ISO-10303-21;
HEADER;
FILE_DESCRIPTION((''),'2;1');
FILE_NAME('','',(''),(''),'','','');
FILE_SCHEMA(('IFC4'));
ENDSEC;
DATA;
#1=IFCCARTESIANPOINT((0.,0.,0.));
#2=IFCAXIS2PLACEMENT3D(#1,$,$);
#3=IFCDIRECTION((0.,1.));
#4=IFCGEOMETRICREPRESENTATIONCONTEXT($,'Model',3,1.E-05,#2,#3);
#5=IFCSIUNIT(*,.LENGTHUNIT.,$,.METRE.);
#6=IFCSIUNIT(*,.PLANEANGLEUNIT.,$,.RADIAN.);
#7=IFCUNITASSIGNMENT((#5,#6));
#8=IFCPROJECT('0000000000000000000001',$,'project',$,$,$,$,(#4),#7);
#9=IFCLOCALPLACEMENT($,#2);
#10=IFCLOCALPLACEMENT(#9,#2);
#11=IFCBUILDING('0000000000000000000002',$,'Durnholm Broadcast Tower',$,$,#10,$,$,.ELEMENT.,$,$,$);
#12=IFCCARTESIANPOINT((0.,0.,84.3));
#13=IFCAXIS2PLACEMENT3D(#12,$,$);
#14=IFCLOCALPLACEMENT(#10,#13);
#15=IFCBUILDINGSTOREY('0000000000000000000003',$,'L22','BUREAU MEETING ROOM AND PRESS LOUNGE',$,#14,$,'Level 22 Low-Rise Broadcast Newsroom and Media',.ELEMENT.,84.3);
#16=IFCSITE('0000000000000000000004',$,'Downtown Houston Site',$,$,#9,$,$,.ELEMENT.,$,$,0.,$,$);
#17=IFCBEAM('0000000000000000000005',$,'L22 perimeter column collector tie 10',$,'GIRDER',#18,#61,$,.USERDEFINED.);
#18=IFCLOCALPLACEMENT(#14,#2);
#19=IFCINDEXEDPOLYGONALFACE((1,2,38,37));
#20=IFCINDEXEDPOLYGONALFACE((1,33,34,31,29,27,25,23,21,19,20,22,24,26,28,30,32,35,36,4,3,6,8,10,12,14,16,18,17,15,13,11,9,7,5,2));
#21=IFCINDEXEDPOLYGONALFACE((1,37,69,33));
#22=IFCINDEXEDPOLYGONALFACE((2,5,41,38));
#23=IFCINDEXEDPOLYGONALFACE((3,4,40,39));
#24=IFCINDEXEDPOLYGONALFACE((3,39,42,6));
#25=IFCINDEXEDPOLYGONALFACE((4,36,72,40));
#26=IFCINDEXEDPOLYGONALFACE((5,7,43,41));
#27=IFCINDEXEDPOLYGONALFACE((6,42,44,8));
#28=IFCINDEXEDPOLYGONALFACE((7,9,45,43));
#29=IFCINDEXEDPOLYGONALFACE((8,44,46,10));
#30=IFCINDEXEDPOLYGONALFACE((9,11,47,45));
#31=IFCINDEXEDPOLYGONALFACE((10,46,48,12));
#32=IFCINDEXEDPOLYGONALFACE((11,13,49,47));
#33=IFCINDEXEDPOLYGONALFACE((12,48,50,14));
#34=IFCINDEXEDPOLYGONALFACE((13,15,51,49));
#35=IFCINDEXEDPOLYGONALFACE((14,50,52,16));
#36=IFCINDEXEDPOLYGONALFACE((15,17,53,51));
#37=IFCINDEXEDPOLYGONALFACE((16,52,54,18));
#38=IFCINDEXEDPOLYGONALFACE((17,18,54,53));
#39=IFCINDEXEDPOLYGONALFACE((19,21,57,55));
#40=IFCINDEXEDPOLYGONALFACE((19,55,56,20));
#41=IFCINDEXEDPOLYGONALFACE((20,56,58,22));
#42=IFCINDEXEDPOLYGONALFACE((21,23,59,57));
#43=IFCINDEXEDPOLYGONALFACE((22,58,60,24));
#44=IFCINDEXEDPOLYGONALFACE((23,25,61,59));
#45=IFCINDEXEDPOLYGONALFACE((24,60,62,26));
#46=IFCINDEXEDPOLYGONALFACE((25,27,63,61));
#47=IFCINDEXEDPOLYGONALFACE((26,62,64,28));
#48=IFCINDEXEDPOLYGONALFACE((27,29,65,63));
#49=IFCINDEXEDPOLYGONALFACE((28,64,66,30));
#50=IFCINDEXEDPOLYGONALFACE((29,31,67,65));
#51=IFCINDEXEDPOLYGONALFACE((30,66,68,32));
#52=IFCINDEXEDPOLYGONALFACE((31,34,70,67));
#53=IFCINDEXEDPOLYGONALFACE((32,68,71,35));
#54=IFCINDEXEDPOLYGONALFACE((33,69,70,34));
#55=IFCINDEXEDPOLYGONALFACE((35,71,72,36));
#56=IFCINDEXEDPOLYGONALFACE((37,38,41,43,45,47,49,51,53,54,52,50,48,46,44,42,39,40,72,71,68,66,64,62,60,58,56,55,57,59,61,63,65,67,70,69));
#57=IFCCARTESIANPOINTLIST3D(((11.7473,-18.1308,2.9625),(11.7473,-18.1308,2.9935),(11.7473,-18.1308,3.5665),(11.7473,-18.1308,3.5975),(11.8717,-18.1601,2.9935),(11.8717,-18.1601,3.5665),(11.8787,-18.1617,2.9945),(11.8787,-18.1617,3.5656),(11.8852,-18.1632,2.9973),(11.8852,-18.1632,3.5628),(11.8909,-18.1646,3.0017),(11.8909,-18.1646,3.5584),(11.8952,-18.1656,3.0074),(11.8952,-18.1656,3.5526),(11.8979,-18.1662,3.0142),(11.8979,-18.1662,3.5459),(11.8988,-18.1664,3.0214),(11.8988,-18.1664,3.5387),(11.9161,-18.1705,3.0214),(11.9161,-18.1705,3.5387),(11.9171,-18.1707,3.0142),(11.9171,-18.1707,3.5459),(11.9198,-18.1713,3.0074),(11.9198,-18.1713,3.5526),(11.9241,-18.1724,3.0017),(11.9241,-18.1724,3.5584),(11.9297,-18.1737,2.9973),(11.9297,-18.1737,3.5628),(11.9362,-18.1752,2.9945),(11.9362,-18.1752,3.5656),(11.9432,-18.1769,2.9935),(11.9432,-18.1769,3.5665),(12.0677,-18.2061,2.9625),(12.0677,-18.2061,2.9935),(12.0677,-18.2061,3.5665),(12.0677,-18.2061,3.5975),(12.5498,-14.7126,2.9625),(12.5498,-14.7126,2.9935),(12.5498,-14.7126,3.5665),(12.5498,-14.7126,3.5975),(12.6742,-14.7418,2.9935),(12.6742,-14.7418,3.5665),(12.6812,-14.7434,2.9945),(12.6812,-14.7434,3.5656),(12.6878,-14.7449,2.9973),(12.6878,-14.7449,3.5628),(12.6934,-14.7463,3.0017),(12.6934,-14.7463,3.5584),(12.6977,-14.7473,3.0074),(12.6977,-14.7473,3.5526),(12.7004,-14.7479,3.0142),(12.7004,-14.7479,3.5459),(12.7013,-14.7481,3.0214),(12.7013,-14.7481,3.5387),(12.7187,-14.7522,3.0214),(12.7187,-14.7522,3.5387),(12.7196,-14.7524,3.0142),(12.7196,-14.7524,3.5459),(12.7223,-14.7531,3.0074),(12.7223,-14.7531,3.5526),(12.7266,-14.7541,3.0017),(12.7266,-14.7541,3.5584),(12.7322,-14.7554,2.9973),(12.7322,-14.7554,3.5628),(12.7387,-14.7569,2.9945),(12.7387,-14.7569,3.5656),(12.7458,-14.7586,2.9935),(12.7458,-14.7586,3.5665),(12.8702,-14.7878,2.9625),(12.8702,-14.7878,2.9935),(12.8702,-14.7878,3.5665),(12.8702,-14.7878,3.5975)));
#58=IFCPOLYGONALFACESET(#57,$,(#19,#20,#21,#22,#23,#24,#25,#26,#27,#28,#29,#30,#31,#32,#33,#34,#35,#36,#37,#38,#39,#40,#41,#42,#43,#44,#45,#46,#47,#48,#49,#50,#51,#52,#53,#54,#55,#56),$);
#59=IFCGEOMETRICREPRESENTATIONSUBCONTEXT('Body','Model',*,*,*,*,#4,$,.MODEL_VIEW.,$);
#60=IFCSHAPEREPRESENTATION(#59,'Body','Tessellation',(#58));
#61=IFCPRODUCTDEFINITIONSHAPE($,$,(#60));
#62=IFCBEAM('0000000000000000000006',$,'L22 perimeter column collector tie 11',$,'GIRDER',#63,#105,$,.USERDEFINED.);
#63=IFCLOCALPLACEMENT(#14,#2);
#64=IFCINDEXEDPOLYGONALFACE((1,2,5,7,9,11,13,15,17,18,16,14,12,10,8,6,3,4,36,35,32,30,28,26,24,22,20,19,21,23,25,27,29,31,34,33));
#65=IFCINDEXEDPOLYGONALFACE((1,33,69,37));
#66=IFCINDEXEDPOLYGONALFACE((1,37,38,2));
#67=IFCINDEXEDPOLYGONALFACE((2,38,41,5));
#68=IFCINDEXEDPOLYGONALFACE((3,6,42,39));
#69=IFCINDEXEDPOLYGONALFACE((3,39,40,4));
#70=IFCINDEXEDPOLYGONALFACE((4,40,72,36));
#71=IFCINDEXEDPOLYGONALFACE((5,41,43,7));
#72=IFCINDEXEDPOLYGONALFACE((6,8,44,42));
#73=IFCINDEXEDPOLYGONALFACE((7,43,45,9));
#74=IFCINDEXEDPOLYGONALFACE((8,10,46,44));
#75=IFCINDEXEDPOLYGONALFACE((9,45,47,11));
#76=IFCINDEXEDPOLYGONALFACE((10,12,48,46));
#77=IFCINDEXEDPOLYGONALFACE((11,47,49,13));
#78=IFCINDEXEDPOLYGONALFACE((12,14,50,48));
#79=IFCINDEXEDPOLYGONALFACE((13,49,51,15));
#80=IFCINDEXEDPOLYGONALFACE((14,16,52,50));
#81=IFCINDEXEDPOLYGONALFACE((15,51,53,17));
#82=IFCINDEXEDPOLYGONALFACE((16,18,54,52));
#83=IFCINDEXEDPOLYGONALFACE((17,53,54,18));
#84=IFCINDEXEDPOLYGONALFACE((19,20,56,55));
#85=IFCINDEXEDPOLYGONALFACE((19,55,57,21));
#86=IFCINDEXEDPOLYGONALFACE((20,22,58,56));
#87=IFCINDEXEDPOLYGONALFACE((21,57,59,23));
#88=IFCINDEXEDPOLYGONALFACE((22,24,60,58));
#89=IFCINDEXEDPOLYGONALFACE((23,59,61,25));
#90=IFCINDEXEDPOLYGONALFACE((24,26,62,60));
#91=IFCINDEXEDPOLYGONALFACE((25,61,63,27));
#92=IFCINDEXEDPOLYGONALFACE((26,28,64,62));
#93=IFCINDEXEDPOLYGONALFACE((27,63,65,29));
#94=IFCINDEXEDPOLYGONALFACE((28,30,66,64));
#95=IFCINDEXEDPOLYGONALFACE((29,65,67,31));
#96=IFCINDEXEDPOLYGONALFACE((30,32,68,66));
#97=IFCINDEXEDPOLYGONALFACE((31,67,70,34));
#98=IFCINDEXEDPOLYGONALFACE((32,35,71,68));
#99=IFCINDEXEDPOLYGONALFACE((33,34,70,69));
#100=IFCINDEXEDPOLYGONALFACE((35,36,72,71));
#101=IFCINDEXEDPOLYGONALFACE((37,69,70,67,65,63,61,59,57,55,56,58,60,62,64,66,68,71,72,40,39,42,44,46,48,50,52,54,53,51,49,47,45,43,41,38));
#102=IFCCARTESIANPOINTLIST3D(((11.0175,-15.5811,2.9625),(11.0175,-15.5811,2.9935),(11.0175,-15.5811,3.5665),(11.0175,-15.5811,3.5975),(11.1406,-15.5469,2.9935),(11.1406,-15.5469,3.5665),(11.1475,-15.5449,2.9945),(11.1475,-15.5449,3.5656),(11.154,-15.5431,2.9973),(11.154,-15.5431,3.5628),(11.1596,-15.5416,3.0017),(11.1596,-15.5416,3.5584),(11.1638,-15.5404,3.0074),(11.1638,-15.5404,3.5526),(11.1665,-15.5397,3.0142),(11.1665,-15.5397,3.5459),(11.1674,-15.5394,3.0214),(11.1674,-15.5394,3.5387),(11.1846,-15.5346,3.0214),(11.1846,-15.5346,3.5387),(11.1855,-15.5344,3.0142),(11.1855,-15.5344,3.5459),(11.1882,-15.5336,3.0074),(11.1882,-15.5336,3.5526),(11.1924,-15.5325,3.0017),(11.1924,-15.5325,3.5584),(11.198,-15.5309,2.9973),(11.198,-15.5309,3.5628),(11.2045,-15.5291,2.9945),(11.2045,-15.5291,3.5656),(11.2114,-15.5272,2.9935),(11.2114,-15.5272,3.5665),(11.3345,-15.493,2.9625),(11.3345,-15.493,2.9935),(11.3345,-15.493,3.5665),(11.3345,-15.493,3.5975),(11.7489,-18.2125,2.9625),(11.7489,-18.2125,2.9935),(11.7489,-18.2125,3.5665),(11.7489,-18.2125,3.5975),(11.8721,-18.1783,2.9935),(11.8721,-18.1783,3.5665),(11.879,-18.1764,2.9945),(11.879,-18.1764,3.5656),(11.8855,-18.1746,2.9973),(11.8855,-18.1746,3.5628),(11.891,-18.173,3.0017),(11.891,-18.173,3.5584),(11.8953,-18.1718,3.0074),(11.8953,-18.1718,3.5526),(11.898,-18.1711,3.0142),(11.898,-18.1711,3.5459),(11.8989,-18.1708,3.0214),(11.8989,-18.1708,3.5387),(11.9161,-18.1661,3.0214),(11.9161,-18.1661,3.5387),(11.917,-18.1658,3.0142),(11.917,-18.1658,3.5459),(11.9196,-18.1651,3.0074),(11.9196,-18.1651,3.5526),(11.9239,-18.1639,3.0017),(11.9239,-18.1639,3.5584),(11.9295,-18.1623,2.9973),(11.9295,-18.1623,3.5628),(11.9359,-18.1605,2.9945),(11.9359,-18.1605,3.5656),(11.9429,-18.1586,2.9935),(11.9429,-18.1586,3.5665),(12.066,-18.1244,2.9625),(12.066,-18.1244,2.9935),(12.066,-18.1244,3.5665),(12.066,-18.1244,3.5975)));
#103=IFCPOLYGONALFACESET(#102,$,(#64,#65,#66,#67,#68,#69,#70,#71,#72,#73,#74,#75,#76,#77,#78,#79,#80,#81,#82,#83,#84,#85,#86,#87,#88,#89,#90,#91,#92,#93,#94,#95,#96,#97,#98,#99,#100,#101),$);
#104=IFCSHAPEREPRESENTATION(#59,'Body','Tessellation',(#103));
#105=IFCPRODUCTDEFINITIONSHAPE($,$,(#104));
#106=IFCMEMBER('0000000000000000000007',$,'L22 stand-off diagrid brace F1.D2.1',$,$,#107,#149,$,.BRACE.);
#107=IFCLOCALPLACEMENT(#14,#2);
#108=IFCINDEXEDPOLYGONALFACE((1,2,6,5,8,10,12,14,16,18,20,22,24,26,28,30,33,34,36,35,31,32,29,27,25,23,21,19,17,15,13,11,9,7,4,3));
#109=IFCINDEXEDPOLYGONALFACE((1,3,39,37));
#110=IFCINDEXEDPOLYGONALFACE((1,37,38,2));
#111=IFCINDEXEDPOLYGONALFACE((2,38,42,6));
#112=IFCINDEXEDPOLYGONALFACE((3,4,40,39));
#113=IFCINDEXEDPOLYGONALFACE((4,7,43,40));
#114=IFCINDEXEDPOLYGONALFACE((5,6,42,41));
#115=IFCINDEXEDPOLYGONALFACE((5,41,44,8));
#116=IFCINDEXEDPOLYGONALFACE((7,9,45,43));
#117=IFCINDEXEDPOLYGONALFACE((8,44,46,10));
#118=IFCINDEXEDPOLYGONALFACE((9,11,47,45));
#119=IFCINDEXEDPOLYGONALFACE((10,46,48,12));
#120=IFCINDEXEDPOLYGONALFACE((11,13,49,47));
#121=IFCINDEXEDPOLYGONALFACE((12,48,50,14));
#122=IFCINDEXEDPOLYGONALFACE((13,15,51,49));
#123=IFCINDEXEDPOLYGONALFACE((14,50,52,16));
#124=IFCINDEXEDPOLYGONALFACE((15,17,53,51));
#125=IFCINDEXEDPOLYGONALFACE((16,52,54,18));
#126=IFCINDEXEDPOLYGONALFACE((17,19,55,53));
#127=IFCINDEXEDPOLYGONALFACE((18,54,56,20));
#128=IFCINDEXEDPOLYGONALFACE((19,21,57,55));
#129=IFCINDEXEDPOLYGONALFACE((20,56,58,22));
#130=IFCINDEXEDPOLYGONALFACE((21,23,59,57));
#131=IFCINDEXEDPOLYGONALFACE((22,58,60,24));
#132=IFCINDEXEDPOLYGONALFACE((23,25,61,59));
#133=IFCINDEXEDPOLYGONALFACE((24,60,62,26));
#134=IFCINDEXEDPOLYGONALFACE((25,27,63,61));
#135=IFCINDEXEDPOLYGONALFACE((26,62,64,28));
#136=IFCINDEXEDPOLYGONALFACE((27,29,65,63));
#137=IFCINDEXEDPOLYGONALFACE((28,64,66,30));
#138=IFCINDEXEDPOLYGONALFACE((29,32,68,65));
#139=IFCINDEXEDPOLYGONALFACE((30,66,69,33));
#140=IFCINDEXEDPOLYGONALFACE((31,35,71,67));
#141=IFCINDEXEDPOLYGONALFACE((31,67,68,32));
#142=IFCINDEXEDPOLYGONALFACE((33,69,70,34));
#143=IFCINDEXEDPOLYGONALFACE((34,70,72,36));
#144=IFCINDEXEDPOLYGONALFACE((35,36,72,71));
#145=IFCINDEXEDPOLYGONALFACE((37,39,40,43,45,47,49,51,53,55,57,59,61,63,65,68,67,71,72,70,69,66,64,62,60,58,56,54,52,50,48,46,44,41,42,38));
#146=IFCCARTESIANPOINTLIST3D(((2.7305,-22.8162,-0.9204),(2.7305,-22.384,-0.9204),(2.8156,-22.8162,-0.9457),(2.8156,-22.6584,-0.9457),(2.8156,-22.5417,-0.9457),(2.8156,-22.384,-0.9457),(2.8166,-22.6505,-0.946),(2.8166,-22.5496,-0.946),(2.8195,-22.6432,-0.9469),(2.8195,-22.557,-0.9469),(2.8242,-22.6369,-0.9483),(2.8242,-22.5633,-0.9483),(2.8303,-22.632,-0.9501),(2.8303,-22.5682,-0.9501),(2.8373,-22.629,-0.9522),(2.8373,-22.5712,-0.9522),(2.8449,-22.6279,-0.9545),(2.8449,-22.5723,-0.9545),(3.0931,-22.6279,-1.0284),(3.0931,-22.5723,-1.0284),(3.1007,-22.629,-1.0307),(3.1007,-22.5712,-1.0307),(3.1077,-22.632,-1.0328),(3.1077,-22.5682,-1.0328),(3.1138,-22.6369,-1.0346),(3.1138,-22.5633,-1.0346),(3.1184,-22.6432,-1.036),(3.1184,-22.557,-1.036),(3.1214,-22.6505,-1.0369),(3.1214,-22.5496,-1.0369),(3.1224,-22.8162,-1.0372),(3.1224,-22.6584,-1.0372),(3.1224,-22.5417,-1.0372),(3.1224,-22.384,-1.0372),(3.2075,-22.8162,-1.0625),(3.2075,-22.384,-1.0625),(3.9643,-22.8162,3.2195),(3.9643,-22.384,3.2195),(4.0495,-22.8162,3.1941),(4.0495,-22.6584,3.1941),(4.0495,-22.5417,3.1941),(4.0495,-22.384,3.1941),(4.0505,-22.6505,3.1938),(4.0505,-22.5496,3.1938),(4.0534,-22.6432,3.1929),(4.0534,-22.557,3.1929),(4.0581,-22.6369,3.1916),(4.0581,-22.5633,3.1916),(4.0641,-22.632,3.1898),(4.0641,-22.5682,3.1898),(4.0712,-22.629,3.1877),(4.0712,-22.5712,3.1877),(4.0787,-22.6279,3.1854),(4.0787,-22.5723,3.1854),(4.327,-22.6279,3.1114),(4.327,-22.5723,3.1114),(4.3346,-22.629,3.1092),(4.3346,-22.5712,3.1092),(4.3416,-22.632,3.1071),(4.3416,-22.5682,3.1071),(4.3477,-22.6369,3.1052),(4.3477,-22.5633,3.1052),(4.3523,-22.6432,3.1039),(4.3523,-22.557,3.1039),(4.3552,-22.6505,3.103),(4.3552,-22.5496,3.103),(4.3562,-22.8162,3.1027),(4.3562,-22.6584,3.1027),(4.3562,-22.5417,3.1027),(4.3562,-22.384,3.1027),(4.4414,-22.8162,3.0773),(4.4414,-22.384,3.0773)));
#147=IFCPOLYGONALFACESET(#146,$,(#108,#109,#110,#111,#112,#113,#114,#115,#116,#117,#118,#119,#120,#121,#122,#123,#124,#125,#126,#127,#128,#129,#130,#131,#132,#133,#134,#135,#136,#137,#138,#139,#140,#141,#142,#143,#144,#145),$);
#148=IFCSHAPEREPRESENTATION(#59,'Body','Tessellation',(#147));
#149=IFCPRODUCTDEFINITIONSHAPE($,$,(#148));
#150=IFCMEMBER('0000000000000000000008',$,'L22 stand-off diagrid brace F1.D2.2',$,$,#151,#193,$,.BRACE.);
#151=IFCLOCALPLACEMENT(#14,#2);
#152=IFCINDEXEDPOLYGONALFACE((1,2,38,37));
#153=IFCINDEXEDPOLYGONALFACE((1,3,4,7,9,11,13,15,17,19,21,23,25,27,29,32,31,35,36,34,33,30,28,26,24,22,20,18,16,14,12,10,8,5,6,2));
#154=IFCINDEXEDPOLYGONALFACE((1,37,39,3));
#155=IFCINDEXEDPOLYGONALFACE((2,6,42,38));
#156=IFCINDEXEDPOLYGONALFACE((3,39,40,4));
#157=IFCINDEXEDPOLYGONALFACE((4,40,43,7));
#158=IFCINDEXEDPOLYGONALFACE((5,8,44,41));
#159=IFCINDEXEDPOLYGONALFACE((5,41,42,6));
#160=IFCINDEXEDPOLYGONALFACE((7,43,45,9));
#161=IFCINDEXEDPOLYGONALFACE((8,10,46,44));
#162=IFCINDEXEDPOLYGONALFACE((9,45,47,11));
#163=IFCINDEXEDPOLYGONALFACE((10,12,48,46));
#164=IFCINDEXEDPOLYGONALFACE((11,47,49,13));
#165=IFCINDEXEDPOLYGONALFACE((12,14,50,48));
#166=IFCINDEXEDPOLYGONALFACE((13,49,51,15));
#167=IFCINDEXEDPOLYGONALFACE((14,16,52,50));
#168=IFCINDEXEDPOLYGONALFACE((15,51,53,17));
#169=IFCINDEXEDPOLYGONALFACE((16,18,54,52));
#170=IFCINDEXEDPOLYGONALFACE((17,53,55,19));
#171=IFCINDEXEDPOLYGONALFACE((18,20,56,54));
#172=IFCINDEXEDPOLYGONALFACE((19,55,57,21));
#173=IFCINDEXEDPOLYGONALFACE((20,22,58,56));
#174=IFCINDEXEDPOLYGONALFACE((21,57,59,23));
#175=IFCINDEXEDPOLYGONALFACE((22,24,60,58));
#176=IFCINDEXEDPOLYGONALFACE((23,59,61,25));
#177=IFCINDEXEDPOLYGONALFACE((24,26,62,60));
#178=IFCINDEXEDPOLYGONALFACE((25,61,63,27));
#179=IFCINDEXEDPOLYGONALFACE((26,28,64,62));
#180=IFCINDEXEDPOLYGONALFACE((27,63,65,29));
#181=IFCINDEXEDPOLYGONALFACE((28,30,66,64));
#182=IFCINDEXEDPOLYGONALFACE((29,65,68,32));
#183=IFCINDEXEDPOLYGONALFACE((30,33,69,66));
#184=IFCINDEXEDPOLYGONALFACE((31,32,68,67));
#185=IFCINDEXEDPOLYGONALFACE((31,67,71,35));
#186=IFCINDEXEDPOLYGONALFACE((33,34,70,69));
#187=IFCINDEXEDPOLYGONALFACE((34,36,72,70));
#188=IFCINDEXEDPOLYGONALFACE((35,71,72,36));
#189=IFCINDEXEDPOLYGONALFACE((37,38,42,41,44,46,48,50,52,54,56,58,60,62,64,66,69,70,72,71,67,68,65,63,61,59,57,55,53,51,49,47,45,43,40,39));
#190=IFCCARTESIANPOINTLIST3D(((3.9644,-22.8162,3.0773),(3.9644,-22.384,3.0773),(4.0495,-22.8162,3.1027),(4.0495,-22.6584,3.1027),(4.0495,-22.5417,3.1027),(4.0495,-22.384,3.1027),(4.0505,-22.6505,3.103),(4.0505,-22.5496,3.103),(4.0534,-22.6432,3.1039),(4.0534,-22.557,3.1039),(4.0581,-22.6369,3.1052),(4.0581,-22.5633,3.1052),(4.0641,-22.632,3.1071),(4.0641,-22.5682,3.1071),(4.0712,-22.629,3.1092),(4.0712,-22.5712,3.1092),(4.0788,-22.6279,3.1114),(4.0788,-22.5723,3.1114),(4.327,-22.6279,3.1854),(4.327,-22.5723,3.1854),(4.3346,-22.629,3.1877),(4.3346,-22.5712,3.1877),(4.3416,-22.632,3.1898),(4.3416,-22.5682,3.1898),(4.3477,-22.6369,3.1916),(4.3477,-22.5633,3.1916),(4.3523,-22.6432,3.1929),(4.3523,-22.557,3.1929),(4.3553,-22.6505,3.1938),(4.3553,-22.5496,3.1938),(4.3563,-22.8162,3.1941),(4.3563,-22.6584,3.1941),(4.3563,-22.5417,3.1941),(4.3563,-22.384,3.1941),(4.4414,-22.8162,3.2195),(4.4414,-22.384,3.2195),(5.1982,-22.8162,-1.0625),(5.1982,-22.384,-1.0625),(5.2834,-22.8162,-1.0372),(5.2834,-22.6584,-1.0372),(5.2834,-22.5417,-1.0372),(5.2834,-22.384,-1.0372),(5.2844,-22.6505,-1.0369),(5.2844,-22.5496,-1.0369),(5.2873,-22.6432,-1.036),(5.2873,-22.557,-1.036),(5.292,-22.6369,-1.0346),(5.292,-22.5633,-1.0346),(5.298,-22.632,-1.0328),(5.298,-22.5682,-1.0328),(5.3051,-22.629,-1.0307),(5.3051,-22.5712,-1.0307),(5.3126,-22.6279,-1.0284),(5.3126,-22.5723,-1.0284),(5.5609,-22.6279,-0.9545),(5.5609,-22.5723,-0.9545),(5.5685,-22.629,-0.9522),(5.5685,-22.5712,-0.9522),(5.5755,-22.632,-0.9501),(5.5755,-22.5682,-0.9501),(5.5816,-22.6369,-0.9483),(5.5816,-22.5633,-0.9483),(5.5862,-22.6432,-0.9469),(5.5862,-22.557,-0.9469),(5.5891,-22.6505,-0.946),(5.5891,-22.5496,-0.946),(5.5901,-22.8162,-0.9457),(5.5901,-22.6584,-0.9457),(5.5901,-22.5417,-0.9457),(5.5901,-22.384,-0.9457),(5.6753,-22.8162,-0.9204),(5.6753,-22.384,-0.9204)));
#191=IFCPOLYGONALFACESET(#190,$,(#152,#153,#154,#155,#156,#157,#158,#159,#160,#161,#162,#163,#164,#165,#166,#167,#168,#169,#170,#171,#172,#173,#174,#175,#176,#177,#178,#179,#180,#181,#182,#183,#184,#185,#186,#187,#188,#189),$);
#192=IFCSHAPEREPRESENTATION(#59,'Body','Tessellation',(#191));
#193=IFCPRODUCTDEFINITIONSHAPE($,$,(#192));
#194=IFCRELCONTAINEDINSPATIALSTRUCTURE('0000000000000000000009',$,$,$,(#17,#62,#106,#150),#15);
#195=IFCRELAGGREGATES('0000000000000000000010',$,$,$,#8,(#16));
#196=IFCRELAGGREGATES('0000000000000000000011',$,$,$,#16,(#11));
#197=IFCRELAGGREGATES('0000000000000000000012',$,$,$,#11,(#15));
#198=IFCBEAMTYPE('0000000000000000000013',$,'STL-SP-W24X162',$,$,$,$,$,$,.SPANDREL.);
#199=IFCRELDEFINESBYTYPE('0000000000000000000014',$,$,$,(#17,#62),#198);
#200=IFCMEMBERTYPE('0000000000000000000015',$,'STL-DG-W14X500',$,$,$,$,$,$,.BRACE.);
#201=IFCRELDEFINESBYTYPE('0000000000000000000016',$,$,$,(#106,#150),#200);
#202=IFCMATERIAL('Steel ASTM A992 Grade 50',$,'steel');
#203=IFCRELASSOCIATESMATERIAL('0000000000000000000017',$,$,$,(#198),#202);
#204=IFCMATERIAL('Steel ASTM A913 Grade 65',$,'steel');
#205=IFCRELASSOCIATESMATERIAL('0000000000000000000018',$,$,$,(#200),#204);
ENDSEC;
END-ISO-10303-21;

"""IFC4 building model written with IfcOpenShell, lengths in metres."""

from ifc_helpers import new_model, si_unit, direction, frame, origin, origin_2d, place, context, subcontext, project, spatial, i_section, extrude, source, transform, mapped, material, material_profile, profile_set, type_object, type_shapes, element, save


model = new_model("IFC4")

# Units and contexts
model_context = context("Model", 3, precision=1e-05, world=origin(), true_north=direction((0.0, 1.0)))
body_context = subcontext(model_context, "Body", "Model", "MODEL_VIEW")
ifc_project = project(units=[si_unit("LENGTHUNIT", "METRE"), si_unit("PLANEANGLEUNIT", "RADIAN")], contexts=[model_context])

# Site, building, storey
site_placement = place(None, origin())
site = spatial("IfcSite", under=ifc_project, at=site_placement, Name="Downtown Houston Site", CompositionType="ELEMENT", RefElevation=0.0)
building_placement = place(site_placement, origin())
building = spatial("IfcBuilding", under=site, at=building_placement, Name="Durnholm Broadcast Tower", CompositionType="ELEMENT")
storey_placement = place(building_placement, frame((0.0, 0.0, 84.3)))
storey = spatial("IfcBuildingStorey", under=building, at=storey_placement, Name="L22", Description="BUREAU MEETING ROOM AND PRESS LOUNGE", LongName="Level 22 Low-Rise Broadcast Newsroom and Media", CompositionType="ELEMENT", Elevation=84.3)

# Beams
ifc_material_1 = material(Name="Steel ASTM A992 Grade 50", Category="steel")
ifc_material_profile_1 = material_profile(ifc_material_1, i_section(OverallWidth=0.3291, OverallDepth=0.635, WebThickness=0.0178, FlangeThickness=0.031, FilletRadius=0.0278, at=origin_2d()), Name="W24X162")
ifc_profile_set_1 = profile_set([ifc_material_profile_1], Name="Steel ASTM A992 Grade 50")
beam_type_1 = type_object("IfcBeamType", Name="STL-SP-W24X162", PredefinedType="SPANDREL", material=ifc_profile_set_1)
shared_shape_1 = source(origin(), body_context, "Body", "SweptSolid", [
    extrude(i_section(OverallWidth=0.3291, OverallDepth=0.635, WebThickness=0.0178, FlangeThickness=0.031, FilletRadius=0.0278, at=origin_2d()), origin(), (0.0, 0.0, 1.0), 3.5112),
])
beam_1_placement = place(storey_placement, frame((11.9075, -18.1685, 3.28), z_axis=(0.228555, 0.973531, 0.0), x_axis=(-0.973531, 0.228555, 0.0)))
element("IfcBeam", 1, at=beam_1_placement, inside=storey, type_object=beam_type_1, Name="L22 perimeter column collector tie 10", ObjectType="GIRDER", PredefinedType="USERDEFINED", context=body_context, shape_type="MappedRepresentation", body=[
    mapped(shared_shape_1, transform((0.0, 0.0, 0.0), x_axis=(1.0, 0.0, 0.0), y_axis=(0.0, 1.0, 0.0), z_axis=(0.0, 0.0, 1.0), scale=1.0)),
])
shared_shape_2 = source(origin(), body_context, "Body", "SweptSolid", [
    extrude(i_section(OverallWidth=0.3291, OverallDepth=0.635, WebThickness=0.0178, FlangeThickness=0.031, FilletRadius=0.0278, at=origin_2d()), origin(), (0.0, 0.0, 1.0), 2.7312),
])
type_shapes(beam_type_1, [shared_shape_1, shared_shape_2])
beam_2_placement = place(storey_placement, frame((11.9075, -18.1685, 3.28), z_axis=(-0.267819, 0.963469, 0.0), x_axis=(-0.963469, -0.267819, 0.0)))
element("IfcBeam", 2, at=beam_2_placement, inside=storey, type_object=beam_type_1, Name="L22 perimeter column collector tie 11", ObjectType="GIRDER", PredefinedType="USERDEFINED", context=body_context, shape_type="MappedRepresentation", body=[
    mapped(shared_shape_2, transform((0.0, 0.0, 0.0), x_axis=(1.0, 0.0, 0.0), y_axis=(0.0, 1.0, 0.0), z_axis=(0.0, 0.0, 1.0), scale=1.0)),
])

# Members
ifc_material_2 = material(Name="Steel ASTM A913 Grade 65", Category="steel")
ifc_material_profile_2 = material_profile(ifc_material_2, i_section(OverallWidth=0.4321, OverallDepth=0.4978, WebThickness=0.0557, FlangeThickness=0.0889, FilletRadius=0.0305, at=origin_2d()), Name="W14X500")
ifc_profile_set_2 = profile_set([ifc_material_profile_2], Name="Steel ASTM A913 Grade 65")
member_type_1 = type_object("IfcMemberType", Name="STL-DG-W14X500", PredefinedType="BRACE", material=ifc_profile_set_2)
shared_shape_3 = source(origin(), body_context, "Body", "SweptSolid", [
    extrude(i_section(OverallWidth=0.4321, OverallDepth=0.4978, WebThickness=0.0557, FlangeThickness=0.0889, FilletRadius=0.0305, at=origin_2d()), origin(), (0.0, 0.0, 1.0), 4.3198),
])
type_shapes(member_type_1, [shared_shape_3])
for number, where, z_axis, x_axis, name in (
    (3, (2.969, -22.6001, -0.9915), (0.285631, 0.0, 0.95834), (0.0, 1.0, 0.0), "L22 stand-off diagrid brace F1.D2.1"),
    (4, (5.4368, -22.6001, -0.9915), (-0.285631, 0.0, 0.95834), (0.0, -1.0, 0.0), "L22 stand-off diagrid brace F1.D2.2"),
):
    element("IfcMember", number, at=place(storey_placement, frame(where, z_axis=z_axis, x_axis=x_axis)), inside=storey, type_object=member_type_1, Name=name, PredefinedType="BRACE", context=body_context, shape_type="MappedRepresentation", body=[
        mapped(shared_shape_3, transform((0.0, 0.0, 0.0), x_axis=(1.0, 0.0, 0.0), y_axis=(0.0, 1.0, 0.0), z_axis=(0.0, 0.0, 1.0), scale=1.0)),
    ])

save(model, "model.ifc")
